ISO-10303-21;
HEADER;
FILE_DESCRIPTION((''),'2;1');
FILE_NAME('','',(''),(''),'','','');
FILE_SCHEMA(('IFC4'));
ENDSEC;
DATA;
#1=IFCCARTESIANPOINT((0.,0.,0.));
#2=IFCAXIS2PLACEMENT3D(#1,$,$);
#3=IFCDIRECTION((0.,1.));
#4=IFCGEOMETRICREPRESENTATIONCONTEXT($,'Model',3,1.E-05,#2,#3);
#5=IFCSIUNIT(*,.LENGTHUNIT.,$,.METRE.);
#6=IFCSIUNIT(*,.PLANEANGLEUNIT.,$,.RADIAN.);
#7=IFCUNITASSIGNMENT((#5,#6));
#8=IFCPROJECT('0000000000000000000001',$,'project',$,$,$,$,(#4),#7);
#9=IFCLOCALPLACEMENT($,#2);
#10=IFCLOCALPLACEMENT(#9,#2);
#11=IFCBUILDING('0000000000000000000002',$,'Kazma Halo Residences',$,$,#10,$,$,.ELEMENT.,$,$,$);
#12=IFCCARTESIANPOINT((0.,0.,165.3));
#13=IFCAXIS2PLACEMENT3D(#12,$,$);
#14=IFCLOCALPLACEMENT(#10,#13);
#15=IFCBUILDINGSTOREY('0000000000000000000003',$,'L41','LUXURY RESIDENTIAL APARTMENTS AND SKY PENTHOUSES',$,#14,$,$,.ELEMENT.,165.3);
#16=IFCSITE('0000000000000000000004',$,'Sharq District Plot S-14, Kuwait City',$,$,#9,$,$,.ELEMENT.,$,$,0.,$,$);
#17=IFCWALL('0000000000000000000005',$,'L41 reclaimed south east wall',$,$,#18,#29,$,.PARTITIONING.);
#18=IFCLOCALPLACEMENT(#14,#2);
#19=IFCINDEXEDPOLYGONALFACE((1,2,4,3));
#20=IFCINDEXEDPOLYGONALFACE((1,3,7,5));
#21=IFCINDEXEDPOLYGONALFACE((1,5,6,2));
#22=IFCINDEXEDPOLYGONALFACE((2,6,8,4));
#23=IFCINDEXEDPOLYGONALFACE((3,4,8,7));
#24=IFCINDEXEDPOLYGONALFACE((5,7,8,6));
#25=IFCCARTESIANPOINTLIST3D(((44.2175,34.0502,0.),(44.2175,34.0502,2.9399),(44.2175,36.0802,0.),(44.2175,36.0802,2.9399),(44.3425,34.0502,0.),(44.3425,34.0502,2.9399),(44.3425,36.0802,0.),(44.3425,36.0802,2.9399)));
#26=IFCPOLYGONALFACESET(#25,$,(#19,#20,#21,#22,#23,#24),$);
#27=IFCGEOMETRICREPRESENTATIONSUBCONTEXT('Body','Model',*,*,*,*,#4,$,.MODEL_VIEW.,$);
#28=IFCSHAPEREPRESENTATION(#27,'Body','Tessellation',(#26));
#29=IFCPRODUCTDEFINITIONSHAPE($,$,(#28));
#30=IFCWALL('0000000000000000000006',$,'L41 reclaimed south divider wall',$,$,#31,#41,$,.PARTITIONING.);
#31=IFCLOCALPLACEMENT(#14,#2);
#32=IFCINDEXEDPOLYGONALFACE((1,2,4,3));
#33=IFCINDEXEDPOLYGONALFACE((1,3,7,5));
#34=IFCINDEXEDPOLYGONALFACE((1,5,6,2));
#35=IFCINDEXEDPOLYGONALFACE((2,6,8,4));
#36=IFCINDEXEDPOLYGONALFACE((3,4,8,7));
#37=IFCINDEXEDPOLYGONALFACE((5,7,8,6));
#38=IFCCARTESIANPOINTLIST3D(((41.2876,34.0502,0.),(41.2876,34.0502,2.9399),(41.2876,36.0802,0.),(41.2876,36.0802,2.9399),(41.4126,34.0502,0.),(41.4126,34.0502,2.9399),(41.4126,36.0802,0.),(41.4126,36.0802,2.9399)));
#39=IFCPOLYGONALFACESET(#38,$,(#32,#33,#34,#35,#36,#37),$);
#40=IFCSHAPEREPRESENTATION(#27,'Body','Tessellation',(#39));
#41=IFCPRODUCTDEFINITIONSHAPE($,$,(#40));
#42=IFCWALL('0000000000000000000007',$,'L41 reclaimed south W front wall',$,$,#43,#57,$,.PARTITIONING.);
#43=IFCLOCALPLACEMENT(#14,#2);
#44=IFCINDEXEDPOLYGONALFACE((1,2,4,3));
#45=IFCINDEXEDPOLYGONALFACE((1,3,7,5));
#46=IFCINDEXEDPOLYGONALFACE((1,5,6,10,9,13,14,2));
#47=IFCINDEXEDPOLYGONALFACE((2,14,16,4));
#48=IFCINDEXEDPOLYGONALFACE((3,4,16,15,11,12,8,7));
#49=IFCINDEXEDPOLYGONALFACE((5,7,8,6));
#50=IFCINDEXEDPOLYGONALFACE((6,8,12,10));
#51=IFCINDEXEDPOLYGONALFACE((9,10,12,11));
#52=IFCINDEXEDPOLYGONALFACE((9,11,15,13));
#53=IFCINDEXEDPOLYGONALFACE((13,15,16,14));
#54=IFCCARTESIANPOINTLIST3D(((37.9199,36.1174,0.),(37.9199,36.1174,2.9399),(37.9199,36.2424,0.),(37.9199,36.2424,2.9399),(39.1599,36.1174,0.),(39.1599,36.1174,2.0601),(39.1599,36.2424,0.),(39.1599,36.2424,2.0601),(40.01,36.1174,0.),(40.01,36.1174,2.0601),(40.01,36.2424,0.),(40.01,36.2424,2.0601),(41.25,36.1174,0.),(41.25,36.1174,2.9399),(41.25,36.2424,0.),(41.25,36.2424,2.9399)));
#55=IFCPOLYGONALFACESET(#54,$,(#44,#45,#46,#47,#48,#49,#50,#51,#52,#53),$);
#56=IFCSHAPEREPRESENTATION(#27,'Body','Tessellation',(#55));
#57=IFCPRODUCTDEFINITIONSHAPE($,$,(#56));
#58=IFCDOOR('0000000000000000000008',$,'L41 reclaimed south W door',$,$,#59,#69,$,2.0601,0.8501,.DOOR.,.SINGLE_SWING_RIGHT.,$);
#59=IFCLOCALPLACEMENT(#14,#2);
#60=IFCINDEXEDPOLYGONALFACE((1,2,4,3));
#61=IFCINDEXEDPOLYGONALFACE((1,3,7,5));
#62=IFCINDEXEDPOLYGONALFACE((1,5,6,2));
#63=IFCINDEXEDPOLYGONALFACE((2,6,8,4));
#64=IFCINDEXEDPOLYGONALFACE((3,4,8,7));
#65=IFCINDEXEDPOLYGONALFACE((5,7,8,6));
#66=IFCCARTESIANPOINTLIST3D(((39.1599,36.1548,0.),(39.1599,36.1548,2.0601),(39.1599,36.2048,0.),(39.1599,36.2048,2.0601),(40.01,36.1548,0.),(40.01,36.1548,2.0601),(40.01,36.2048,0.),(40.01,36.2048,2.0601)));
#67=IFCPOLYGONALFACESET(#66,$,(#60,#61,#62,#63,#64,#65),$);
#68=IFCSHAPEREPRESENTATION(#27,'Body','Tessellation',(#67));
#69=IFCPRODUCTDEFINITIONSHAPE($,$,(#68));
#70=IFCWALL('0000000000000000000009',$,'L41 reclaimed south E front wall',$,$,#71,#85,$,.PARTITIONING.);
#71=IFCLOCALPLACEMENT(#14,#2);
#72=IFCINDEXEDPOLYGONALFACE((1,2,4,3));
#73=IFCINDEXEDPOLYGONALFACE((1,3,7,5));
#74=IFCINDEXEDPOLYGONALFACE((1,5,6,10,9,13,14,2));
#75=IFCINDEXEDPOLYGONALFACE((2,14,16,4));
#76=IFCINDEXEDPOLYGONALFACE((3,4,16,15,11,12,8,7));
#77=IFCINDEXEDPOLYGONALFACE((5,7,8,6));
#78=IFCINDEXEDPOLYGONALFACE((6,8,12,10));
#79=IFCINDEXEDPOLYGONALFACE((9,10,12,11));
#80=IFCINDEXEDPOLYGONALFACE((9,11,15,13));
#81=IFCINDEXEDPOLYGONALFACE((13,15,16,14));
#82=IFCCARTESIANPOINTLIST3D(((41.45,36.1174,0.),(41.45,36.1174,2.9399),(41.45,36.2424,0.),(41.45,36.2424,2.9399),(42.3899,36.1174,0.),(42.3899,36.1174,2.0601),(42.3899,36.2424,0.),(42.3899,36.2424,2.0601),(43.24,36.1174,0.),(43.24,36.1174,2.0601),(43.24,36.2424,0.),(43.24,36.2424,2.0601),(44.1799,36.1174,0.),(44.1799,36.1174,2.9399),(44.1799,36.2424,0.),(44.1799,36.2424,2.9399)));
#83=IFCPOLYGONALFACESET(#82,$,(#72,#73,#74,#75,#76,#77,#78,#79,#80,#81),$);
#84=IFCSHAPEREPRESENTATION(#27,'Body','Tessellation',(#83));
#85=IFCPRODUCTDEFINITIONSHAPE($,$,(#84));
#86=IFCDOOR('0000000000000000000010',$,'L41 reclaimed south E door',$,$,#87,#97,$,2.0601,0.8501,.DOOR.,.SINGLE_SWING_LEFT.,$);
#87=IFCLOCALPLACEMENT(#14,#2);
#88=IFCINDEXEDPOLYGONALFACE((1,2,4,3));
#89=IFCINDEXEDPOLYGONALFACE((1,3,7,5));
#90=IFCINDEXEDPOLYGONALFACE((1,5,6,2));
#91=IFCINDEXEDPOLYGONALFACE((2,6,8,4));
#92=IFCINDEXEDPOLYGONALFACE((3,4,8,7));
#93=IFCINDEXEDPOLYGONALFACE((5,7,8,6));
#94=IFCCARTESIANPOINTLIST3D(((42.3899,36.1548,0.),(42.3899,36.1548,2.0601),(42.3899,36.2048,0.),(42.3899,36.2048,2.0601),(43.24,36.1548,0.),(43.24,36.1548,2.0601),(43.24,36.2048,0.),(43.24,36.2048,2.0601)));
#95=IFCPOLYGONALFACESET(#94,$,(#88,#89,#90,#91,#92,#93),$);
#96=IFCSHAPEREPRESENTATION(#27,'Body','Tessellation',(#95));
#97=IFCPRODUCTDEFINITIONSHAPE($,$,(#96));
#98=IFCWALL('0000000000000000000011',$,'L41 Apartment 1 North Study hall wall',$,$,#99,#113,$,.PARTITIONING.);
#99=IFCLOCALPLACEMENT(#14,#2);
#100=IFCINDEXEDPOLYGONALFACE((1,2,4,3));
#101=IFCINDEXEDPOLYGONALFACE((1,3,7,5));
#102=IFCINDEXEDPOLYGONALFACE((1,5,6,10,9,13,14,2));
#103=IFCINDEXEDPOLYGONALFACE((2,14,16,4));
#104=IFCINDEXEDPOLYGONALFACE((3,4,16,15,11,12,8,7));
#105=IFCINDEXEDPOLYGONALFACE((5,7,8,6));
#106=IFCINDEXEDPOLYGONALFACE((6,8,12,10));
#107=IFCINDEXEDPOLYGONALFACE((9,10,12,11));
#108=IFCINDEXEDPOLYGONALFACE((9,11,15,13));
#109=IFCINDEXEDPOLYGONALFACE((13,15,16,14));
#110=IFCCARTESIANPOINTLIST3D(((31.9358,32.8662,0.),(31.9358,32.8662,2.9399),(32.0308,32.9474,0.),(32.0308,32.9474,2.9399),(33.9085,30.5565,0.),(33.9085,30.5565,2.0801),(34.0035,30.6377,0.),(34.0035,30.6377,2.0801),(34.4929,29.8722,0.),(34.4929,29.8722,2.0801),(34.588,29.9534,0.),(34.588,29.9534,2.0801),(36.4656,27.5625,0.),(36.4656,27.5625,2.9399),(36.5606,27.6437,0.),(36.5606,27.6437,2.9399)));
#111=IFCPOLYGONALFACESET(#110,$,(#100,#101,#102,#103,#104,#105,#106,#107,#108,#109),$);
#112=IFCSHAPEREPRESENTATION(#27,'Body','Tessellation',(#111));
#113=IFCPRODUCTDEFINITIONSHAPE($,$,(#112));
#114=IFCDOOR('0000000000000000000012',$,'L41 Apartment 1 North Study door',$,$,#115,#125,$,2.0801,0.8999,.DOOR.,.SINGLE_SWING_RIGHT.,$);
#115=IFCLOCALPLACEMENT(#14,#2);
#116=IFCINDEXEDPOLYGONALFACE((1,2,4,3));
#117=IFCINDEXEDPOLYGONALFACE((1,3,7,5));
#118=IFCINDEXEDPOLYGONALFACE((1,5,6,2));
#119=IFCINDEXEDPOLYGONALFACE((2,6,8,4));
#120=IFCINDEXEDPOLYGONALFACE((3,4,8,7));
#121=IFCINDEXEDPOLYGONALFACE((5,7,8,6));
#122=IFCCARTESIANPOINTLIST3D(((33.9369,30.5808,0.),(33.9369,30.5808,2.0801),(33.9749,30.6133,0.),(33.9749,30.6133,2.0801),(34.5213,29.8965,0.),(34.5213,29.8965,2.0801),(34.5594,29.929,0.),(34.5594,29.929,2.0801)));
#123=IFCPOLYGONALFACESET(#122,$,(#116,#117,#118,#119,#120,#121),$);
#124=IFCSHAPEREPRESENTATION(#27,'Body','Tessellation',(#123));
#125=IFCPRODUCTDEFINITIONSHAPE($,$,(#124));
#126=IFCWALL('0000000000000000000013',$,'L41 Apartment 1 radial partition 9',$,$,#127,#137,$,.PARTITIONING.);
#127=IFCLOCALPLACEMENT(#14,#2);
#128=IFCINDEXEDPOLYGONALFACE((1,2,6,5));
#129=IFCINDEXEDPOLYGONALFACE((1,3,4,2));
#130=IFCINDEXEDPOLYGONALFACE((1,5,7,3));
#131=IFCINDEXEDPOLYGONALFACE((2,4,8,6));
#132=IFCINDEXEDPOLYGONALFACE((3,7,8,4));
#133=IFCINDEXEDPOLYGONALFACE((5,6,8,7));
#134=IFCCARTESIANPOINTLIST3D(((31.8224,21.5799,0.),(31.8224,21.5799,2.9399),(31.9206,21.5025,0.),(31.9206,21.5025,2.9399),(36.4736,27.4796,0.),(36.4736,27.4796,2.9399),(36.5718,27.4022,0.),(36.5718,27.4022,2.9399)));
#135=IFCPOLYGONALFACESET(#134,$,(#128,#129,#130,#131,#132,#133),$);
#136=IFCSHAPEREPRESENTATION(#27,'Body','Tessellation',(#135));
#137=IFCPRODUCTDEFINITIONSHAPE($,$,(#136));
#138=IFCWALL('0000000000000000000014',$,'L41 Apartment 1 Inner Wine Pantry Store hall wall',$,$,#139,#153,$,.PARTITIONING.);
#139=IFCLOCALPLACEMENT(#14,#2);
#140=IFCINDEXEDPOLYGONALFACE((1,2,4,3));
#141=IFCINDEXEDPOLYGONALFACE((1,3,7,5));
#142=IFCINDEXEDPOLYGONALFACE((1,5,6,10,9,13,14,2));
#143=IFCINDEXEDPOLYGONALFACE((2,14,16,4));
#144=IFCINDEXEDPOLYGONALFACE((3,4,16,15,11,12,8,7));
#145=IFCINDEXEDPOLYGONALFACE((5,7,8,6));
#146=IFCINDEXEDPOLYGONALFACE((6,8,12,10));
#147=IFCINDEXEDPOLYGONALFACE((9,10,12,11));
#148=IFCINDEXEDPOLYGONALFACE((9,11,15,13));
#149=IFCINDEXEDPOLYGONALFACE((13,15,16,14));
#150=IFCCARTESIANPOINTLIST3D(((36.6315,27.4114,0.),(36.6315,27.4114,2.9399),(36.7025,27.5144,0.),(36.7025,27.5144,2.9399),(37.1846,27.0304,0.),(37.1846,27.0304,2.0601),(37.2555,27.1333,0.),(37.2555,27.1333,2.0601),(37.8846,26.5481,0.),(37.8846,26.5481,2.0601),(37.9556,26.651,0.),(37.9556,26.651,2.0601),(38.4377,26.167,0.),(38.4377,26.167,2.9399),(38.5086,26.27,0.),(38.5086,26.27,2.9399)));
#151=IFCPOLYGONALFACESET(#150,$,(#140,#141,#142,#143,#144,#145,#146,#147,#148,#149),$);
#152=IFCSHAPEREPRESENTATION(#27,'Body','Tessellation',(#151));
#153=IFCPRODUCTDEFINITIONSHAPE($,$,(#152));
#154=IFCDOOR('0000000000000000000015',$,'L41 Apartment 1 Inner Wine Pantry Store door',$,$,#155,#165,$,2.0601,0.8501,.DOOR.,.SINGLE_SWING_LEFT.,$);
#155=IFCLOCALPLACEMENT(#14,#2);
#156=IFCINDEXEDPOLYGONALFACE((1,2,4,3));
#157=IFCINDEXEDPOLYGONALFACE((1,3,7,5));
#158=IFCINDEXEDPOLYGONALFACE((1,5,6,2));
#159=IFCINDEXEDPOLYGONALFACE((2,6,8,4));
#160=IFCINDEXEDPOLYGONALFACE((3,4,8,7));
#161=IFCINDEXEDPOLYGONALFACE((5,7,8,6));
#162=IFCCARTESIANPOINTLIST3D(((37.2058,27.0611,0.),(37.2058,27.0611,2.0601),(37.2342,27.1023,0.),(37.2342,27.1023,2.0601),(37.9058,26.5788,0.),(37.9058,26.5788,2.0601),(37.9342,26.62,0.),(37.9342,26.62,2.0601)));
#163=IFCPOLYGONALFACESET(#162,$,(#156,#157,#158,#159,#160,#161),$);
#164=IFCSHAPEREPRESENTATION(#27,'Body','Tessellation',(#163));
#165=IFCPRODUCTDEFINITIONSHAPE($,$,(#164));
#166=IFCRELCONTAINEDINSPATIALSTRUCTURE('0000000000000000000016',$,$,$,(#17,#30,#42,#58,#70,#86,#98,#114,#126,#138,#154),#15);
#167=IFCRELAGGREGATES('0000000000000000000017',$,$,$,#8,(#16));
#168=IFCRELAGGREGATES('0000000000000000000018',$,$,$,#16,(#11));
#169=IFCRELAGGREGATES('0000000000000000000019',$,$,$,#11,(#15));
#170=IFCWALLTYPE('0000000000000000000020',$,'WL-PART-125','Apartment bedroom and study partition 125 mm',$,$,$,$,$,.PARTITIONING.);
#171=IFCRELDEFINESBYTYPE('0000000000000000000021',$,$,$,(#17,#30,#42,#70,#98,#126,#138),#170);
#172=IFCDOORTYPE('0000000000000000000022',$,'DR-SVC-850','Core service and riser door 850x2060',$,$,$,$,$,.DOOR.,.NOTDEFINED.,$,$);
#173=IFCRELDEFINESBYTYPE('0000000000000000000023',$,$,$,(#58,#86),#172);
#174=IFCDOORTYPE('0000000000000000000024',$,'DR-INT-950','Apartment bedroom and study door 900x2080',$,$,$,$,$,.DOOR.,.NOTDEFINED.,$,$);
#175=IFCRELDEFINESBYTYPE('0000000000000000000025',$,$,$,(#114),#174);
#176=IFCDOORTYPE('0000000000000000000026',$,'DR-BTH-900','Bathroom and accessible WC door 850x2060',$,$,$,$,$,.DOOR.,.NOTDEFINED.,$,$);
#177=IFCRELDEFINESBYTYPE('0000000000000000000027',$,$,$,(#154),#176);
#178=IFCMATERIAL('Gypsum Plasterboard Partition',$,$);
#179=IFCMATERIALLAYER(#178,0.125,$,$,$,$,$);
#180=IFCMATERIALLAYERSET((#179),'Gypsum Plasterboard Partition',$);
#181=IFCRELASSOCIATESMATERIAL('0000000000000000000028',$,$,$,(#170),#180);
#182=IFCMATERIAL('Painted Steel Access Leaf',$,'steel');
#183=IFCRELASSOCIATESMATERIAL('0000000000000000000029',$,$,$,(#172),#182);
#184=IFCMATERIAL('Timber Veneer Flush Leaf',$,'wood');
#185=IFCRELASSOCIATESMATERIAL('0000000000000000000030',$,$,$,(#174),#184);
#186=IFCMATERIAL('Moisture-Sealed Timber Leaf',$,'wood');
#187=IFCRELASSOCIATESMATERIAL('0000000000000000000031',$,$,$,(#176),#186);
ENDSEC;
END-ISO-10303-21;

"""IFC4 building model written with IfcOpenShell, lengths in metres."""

from ifc_helpers import new_model, si_unit, direction, frame, frame_2d, origin, place, context, subcontext, project, spatial, rectangle, extrude, material, layer, layer_set, type_object, element, fill, save


model = new_model("IFC4")

# Units and contexts
model_context = context("Model", 3, precision=1e-05, world=origin(), true_north=direction((0.0, 1.0)))
body_context = subcontext(model_context, "Body", "Model", "MODEL_VIEW")
ifc_project = project(units=[si_unit("LENGTHUNIT", "METRE"), si_unit("PLANEANGLEUNIT", "RADIAN")], contexts=[model_context])

# Site, building, storey
site_placement = place(None, origin())
site = spatial("IfcSite", under=ifc_project, at=site_placement, Name="Sharq District Plot S-14, Kuwait City", CompositionType="ELEMENT", RefElevation=0.0)
building_placement = place(site_placement, origin())
building = spatial("IfcBuilding", under=site, at=building_placement, Name="Kazma Halo Residences", CompositionType="ELEMENT")
storey_placement = place(building_placement, frame((0.0, 0.0, 165.3)))
storey = spatial("IfcBuildingStorey", under=building, at=storey_placement, Name="L41", Description="LUXURY RESIDENTIAL APARTMENTS AND SKY PENTHOUSES", CompositionType="ELEMENT", Elevation=165.3)

# Walls
ifc_material_1 = material(Name="Gypsum Plasterboard Partition")
ifc_layer_1 = layer(ifc_material_1, 0.125)
ifc_layer_set_1 = layer_set([ifc_layer_1], Name="Gypsum Plasterboard Partition")
wall_type_1 = type_object("IfcWallType", Name="WL-PART-125", Description="Apartment bedroom and study partition 125 mm", PredefinedType="PARTITIONING", material=ifc_layer_set_1)
for number, where, z_axis, x_axis, name in (
    (1, (44.28, 34.05, 0.0), (0.0, 0.0, 1.0), (0.0, 1.0, 0.0), "L41 reclaimed south east wall"),
    (2, (41.3501, 34.05, 0.0), (0.0, 0.0, 1.0), (0.0, 1.0, 0.0), "L41 reclaimed south divider wall"),
):
    element("IfcWall", number, at=place(storey_placement, frame(where, z_axis=z_axis, x_axis=x_axis)), inside=storey, type_object=wall_type_1, Name=name, PredefinedType="PARTITIONING", context=body_context, shape_type="SweptSolid", body=[
        extrude(rectangle(XDim=2.03, YDim=0.125, at=frame_2d((1.0151, 0.0))), origin(), (0.0, 0.0, 1.0), 2.9399),
    ])

# Walls, openings, doors
wall_1_placement = place(storey_placement, frame((37.9199, 36.1799, 0.0), z_axis=(0.0, 0.0, 1.0), x_axis=(1.0, 0.0, 0.0)))
wall_1 = element("IfcWall", 3, at=wall_1_placement, inside=storey, type_object=wall_type_1, Name="L41 reclaimed south W front wall", PredefinedType="PARTITIONING", context=body_context, shape_type="SweptSolid", body=[
    extrude(rectangle(XDim=3.3301, YDim=0.125, at=frame_2d((1.665, 0.0))), origin(), (0.0, 0.0, 1.0), 2.9399),
])
opening_1_placement = place(wall_1_placement, frame((1.24, 0.0, 0.0)))
opening_1 = element("IfcOpeningElement", 4, at=opening_1_placement, cuts=wall_1, PredefinedType="OPENING", context=body_context, shape_type="SweptSolid", body=[
    extrude(rectangle(XDim=0.8501, YDim=2.0601, at=frame_2d((0.425, 1.03))), frame((0.0, 0.0725, 0.0), z_axis=(0.0, -1.0, 0.0), x_axis=(1.0, 0.0, 0.0)), (0.0, 0.0, 1.0), 0.145),
])
ifc_material_2 = material(Name="Painted Steel Access Leaf", Category="steel")
door_type_1 = type_object("IfcDoorType", Name="DR-SVC-850", Description="Core service and riser door 850x2060", OperationType="NOTDEFINED", PredefinedType="DOOR", material=ifc_material_2)
door_1_placement = place(opening_1_placement, origin())
door_1 = element("IfcDoor", 5, at=door_1_placement, inside=storey, type_object=door_type_1, Name="L41 reclaimed south W door", OperationType="SINGLE_SWING_RIGHT", OverallHeight=2.0601, OverallWidth=0.8501, PredefinedType="DOOR", context=body_context, shape_type="SweptSolid", body=[
    extrude(rectangle(XDim=0.8501, YDim=2.0601, at=frame_2d((0.425, 1.03))), frame((0.0, 0.0249, 0.0), z_axis=(0.0, -1.0, 0.0), x_axis=(1.0, 0.0, 0.0)), (0.0, 0.0, 1.0), 0.05),
])
fill(opening_1, door_1)
wall_2_placement = place(storey_placement, frame((41.45, 36.1799, 0.0), z_axis=(0.0, 0.0, 1.0), x_axis=(1.0, 0.0, 0.0)))
wall_2 = element("IfcWall", 6, at=wall_2_placement, inside=storey, type_object=wall_type_1, Name="L41 reclaimed south E front wall", PredefinedType="PARTITIONING", context=body_context, shape_type="SweptSolid", body=[
    extrude(rectangle(XDim=2.73, YDim=0.125, at=frame_2d((1.365, 0.0))), origin(), (0.0, 0.0, 1.0), 2.9399),
])
opening_2_placement = place(wall_2_placement, frame((0.9399, 0.0, 0.0)))
opening_2 = element("IfcOpeningElement", 7, at=opening_2_placement, cuts=wall_2, PredefinedType="OPENING", context=body_context, shape_type="SweptSolid", body=[
    extrude(rectangle(XDim=0.8501, YDim=2.0601, at=frame_2d((0.425, 1.03))), frame((0.0, 0.0725, 0.0), z_axis=(0.0, -1.0, 0.0), x_axis=(1.0, 0.0, 0.0)), (0.0, 0.0, 1.0), 0.145),
])
door_2_placement = place(opening_2_placement, origin())
door_2 = element("IfcDoor", 8, at=door_2_placement, inside=storey, type_object=door_type_1, Name="L41 reclaimed south E door", OperationType="SINGLE_SWING_LEFT", OverallHeight=2.0601, OverallWidth=0.8501, PredefinedType="DOOR", context=body_context, shape_type="SweptSolid", body=[
    extrude(rectangle(XDim=0.8501, YDim=2.0601, at=frame_2d((0.425, 1.03))), frame((0.0, 0.0249, 0.0), z_axis=(0.0, -1.0, 0.0), x_axis=(1.0, 0.0, 0.0)), (0.0, 0.0, 1.0), 0.05),
])
fill(opening_2, door_2)
wall_3_placement = place(storey_placement, frame((31.9834, 32.9067, 0.0), z_axis=(0.0, 0.0, 1.0), x_axis=(0.649447, -0.760407, 0.0)))
wall_3 = element("IfcWall", 9, at=wall_3_placement, inside=storey, type_object=wall_type_1, Name="L41 Apartment 1 North Study hall wall", PredefinedType="PARTITIONING", context=body_context, shape_type="SweptSolid", body=[
    extrude(rectangle(XDim=6.9749, YDim=0.125, at=frame_2d((3.4873, 0.0))), origin(), (0.0, 0.0, 1.0), 2.9399),
])
opening_3_placement = place(wall_3_placement, frame((3.0374, 0.0, 0.0)))
opening_3 = element("IfcOpeningElement", 10, at=opening_3_placement, cuts=wall_3, PredefinedType="OPENING", context=body_context, shape_type="SweptSolid", body=[
    extrude(rectangle(XDim=0.8999, YDim=2.0801, at=frame_2d((0.45, 1.04))), frame((0.0, 0.0725, 0.0), z_axis=(0.0, -1.0, 0.0), x_axis=(1.0, 0.0, 0.0)), (0.0, 0.0, 1.0), 0.145),
])
ifc_material_3 = material(Name="Timber Veneer Flush Leaf", Category="wood")
door_type_2 = type_object("IfcDoorType", Name="DR-INT-950", Description="Apartment bedroom and study door 900x2080", OperationType="NOTDEFINED", PredefinedType="DOOR", material=ifc_material_3)
door_3_placement = place(opening_3_placement, origin())
door_3 = element("IfcDoor", 11, at=door_3_placement, inside=storey, type_object=door_type_2, Name="L41 Apartment 1 North Study door", OperationType="SINGLE_SWING_RIGHT", OverallHeight=2.0801, OverallWidth=0.8999, PredefinedType="DOOR", context=body_context, shape_type="SweptSolid", body=[
    extrude(rectangle(XDim=0.8999, YDim=2.0801, at=frame_2d((0.45, 1.04))), frame((0.0, 0.0249, 0.0), z_axis=(0.0, -1.0, 0.0), x_axis=(1.0, 0.0, 0.0)), (0.0, 0.0, 1.0), 0.05),
])
fill(opening_3, door_3)

# Wall
wall_4_placement = place(storey_placement, frame((36.5227, 27.4409, 0.0), z_axis=(0.0, 0.0, 1.0), x_axis=(-0.619111, -0.785303, 0.0)))
element("IfcWall", 12, at=wall_4_placement, inside=storey, type_object=wall_type_1, Name="L41 Apartment 1 radial partition 9", PredefinedType="PARTITIONING", context=body_context, shape_type="SweptSolid", body=[
    extrude(rectangle(XDim=7.5127, YDim=0.125, at=frame_2d((3.7563, 0.0))), origin(), (0.0, 0.0, 1.0), 2.9399),
])

# Wall, opening, door
wall_5_placement = place(storey_placement, frame((36.667, 27.4629, 0.0), z_axis=(0.0, 0.0, 1.0), x_axis=(0.823476, -0.567351, 0.0)))
wall_5 = element("IfcWall", 13, at=wall_5_placement, inside=storey, type_object=wall_type_1, Name="L41 Apartment 1 Inner Wine Pantry Store hall wall", PredefinedType="PARTITIONING", context=body_context, shape_type="SweptSolid", body=[
    extrude(rectangle(XDim=2.1934, YDim=0.125, at=frame_2d((1.0967, 0.0))), origin(), (0.0, 0.0, 1.0), 2.9399),
])
opening_4_placement = place(wall_5_placement, frame((0.6716, 0.0, 0.0)))
opening_4 = element("IfcOpeningElement", 14, at=opening_4_placement, cuts=wall_5, PredefinedType="OPENING", context=body_context, shape_type="SweptSolid", body=[
    extrude(rectangle(XDim=0.8501, YDim=2.0601, at=frame_2d((0.425, 1.03))), frame((0.0, 0.0725, 0.0), z_axis=(0.0, -1.0, 0.0), x_axis=(1.0, 0.0, 0.0)), (0.0, 0.0, 1.0), 0.145),
])
ifc_material_4 = material(Name="Moisture-Sealed Timber Leaf", Category="wood")
door_type_3 = type_object("IfcDoorType", Name="DR-BTH-900", Description="Bathroom and accessible WC door 850x2060", OperationType="NOTDEFINED", PredefinedType="DOOR", material=ifc_material_4)
door_4_placement = place(opening_4_placement, origin())
door_4 = element("IfcDoor", 15, at=door_4_placement, inside=storey, type_object=door_type_3, Name="L41 Apartment 1 Inner Wine Pantry Store door", OperationType="SINGLE_SWING_LEFT", OverallHeight=2.0601, OverallWidth=0.8501, PredefinedType="DOOR", context=body_context, shape_type="SweptSolid", body=[
    extrude(rectangle(XDim=0.8501, YDim=2.0601, at=frame_2d((0.425, 1.03))), frame((0.0, 0.0249, 0.0), z_axis=(0.0, -1.0, 0.0), x_axis=(1.0, 0.0, 0.0)), (0.0, 0.0, 1.0), 0.05),
])
fill(opening_4, door_4)

save(model, "model.ifc")
